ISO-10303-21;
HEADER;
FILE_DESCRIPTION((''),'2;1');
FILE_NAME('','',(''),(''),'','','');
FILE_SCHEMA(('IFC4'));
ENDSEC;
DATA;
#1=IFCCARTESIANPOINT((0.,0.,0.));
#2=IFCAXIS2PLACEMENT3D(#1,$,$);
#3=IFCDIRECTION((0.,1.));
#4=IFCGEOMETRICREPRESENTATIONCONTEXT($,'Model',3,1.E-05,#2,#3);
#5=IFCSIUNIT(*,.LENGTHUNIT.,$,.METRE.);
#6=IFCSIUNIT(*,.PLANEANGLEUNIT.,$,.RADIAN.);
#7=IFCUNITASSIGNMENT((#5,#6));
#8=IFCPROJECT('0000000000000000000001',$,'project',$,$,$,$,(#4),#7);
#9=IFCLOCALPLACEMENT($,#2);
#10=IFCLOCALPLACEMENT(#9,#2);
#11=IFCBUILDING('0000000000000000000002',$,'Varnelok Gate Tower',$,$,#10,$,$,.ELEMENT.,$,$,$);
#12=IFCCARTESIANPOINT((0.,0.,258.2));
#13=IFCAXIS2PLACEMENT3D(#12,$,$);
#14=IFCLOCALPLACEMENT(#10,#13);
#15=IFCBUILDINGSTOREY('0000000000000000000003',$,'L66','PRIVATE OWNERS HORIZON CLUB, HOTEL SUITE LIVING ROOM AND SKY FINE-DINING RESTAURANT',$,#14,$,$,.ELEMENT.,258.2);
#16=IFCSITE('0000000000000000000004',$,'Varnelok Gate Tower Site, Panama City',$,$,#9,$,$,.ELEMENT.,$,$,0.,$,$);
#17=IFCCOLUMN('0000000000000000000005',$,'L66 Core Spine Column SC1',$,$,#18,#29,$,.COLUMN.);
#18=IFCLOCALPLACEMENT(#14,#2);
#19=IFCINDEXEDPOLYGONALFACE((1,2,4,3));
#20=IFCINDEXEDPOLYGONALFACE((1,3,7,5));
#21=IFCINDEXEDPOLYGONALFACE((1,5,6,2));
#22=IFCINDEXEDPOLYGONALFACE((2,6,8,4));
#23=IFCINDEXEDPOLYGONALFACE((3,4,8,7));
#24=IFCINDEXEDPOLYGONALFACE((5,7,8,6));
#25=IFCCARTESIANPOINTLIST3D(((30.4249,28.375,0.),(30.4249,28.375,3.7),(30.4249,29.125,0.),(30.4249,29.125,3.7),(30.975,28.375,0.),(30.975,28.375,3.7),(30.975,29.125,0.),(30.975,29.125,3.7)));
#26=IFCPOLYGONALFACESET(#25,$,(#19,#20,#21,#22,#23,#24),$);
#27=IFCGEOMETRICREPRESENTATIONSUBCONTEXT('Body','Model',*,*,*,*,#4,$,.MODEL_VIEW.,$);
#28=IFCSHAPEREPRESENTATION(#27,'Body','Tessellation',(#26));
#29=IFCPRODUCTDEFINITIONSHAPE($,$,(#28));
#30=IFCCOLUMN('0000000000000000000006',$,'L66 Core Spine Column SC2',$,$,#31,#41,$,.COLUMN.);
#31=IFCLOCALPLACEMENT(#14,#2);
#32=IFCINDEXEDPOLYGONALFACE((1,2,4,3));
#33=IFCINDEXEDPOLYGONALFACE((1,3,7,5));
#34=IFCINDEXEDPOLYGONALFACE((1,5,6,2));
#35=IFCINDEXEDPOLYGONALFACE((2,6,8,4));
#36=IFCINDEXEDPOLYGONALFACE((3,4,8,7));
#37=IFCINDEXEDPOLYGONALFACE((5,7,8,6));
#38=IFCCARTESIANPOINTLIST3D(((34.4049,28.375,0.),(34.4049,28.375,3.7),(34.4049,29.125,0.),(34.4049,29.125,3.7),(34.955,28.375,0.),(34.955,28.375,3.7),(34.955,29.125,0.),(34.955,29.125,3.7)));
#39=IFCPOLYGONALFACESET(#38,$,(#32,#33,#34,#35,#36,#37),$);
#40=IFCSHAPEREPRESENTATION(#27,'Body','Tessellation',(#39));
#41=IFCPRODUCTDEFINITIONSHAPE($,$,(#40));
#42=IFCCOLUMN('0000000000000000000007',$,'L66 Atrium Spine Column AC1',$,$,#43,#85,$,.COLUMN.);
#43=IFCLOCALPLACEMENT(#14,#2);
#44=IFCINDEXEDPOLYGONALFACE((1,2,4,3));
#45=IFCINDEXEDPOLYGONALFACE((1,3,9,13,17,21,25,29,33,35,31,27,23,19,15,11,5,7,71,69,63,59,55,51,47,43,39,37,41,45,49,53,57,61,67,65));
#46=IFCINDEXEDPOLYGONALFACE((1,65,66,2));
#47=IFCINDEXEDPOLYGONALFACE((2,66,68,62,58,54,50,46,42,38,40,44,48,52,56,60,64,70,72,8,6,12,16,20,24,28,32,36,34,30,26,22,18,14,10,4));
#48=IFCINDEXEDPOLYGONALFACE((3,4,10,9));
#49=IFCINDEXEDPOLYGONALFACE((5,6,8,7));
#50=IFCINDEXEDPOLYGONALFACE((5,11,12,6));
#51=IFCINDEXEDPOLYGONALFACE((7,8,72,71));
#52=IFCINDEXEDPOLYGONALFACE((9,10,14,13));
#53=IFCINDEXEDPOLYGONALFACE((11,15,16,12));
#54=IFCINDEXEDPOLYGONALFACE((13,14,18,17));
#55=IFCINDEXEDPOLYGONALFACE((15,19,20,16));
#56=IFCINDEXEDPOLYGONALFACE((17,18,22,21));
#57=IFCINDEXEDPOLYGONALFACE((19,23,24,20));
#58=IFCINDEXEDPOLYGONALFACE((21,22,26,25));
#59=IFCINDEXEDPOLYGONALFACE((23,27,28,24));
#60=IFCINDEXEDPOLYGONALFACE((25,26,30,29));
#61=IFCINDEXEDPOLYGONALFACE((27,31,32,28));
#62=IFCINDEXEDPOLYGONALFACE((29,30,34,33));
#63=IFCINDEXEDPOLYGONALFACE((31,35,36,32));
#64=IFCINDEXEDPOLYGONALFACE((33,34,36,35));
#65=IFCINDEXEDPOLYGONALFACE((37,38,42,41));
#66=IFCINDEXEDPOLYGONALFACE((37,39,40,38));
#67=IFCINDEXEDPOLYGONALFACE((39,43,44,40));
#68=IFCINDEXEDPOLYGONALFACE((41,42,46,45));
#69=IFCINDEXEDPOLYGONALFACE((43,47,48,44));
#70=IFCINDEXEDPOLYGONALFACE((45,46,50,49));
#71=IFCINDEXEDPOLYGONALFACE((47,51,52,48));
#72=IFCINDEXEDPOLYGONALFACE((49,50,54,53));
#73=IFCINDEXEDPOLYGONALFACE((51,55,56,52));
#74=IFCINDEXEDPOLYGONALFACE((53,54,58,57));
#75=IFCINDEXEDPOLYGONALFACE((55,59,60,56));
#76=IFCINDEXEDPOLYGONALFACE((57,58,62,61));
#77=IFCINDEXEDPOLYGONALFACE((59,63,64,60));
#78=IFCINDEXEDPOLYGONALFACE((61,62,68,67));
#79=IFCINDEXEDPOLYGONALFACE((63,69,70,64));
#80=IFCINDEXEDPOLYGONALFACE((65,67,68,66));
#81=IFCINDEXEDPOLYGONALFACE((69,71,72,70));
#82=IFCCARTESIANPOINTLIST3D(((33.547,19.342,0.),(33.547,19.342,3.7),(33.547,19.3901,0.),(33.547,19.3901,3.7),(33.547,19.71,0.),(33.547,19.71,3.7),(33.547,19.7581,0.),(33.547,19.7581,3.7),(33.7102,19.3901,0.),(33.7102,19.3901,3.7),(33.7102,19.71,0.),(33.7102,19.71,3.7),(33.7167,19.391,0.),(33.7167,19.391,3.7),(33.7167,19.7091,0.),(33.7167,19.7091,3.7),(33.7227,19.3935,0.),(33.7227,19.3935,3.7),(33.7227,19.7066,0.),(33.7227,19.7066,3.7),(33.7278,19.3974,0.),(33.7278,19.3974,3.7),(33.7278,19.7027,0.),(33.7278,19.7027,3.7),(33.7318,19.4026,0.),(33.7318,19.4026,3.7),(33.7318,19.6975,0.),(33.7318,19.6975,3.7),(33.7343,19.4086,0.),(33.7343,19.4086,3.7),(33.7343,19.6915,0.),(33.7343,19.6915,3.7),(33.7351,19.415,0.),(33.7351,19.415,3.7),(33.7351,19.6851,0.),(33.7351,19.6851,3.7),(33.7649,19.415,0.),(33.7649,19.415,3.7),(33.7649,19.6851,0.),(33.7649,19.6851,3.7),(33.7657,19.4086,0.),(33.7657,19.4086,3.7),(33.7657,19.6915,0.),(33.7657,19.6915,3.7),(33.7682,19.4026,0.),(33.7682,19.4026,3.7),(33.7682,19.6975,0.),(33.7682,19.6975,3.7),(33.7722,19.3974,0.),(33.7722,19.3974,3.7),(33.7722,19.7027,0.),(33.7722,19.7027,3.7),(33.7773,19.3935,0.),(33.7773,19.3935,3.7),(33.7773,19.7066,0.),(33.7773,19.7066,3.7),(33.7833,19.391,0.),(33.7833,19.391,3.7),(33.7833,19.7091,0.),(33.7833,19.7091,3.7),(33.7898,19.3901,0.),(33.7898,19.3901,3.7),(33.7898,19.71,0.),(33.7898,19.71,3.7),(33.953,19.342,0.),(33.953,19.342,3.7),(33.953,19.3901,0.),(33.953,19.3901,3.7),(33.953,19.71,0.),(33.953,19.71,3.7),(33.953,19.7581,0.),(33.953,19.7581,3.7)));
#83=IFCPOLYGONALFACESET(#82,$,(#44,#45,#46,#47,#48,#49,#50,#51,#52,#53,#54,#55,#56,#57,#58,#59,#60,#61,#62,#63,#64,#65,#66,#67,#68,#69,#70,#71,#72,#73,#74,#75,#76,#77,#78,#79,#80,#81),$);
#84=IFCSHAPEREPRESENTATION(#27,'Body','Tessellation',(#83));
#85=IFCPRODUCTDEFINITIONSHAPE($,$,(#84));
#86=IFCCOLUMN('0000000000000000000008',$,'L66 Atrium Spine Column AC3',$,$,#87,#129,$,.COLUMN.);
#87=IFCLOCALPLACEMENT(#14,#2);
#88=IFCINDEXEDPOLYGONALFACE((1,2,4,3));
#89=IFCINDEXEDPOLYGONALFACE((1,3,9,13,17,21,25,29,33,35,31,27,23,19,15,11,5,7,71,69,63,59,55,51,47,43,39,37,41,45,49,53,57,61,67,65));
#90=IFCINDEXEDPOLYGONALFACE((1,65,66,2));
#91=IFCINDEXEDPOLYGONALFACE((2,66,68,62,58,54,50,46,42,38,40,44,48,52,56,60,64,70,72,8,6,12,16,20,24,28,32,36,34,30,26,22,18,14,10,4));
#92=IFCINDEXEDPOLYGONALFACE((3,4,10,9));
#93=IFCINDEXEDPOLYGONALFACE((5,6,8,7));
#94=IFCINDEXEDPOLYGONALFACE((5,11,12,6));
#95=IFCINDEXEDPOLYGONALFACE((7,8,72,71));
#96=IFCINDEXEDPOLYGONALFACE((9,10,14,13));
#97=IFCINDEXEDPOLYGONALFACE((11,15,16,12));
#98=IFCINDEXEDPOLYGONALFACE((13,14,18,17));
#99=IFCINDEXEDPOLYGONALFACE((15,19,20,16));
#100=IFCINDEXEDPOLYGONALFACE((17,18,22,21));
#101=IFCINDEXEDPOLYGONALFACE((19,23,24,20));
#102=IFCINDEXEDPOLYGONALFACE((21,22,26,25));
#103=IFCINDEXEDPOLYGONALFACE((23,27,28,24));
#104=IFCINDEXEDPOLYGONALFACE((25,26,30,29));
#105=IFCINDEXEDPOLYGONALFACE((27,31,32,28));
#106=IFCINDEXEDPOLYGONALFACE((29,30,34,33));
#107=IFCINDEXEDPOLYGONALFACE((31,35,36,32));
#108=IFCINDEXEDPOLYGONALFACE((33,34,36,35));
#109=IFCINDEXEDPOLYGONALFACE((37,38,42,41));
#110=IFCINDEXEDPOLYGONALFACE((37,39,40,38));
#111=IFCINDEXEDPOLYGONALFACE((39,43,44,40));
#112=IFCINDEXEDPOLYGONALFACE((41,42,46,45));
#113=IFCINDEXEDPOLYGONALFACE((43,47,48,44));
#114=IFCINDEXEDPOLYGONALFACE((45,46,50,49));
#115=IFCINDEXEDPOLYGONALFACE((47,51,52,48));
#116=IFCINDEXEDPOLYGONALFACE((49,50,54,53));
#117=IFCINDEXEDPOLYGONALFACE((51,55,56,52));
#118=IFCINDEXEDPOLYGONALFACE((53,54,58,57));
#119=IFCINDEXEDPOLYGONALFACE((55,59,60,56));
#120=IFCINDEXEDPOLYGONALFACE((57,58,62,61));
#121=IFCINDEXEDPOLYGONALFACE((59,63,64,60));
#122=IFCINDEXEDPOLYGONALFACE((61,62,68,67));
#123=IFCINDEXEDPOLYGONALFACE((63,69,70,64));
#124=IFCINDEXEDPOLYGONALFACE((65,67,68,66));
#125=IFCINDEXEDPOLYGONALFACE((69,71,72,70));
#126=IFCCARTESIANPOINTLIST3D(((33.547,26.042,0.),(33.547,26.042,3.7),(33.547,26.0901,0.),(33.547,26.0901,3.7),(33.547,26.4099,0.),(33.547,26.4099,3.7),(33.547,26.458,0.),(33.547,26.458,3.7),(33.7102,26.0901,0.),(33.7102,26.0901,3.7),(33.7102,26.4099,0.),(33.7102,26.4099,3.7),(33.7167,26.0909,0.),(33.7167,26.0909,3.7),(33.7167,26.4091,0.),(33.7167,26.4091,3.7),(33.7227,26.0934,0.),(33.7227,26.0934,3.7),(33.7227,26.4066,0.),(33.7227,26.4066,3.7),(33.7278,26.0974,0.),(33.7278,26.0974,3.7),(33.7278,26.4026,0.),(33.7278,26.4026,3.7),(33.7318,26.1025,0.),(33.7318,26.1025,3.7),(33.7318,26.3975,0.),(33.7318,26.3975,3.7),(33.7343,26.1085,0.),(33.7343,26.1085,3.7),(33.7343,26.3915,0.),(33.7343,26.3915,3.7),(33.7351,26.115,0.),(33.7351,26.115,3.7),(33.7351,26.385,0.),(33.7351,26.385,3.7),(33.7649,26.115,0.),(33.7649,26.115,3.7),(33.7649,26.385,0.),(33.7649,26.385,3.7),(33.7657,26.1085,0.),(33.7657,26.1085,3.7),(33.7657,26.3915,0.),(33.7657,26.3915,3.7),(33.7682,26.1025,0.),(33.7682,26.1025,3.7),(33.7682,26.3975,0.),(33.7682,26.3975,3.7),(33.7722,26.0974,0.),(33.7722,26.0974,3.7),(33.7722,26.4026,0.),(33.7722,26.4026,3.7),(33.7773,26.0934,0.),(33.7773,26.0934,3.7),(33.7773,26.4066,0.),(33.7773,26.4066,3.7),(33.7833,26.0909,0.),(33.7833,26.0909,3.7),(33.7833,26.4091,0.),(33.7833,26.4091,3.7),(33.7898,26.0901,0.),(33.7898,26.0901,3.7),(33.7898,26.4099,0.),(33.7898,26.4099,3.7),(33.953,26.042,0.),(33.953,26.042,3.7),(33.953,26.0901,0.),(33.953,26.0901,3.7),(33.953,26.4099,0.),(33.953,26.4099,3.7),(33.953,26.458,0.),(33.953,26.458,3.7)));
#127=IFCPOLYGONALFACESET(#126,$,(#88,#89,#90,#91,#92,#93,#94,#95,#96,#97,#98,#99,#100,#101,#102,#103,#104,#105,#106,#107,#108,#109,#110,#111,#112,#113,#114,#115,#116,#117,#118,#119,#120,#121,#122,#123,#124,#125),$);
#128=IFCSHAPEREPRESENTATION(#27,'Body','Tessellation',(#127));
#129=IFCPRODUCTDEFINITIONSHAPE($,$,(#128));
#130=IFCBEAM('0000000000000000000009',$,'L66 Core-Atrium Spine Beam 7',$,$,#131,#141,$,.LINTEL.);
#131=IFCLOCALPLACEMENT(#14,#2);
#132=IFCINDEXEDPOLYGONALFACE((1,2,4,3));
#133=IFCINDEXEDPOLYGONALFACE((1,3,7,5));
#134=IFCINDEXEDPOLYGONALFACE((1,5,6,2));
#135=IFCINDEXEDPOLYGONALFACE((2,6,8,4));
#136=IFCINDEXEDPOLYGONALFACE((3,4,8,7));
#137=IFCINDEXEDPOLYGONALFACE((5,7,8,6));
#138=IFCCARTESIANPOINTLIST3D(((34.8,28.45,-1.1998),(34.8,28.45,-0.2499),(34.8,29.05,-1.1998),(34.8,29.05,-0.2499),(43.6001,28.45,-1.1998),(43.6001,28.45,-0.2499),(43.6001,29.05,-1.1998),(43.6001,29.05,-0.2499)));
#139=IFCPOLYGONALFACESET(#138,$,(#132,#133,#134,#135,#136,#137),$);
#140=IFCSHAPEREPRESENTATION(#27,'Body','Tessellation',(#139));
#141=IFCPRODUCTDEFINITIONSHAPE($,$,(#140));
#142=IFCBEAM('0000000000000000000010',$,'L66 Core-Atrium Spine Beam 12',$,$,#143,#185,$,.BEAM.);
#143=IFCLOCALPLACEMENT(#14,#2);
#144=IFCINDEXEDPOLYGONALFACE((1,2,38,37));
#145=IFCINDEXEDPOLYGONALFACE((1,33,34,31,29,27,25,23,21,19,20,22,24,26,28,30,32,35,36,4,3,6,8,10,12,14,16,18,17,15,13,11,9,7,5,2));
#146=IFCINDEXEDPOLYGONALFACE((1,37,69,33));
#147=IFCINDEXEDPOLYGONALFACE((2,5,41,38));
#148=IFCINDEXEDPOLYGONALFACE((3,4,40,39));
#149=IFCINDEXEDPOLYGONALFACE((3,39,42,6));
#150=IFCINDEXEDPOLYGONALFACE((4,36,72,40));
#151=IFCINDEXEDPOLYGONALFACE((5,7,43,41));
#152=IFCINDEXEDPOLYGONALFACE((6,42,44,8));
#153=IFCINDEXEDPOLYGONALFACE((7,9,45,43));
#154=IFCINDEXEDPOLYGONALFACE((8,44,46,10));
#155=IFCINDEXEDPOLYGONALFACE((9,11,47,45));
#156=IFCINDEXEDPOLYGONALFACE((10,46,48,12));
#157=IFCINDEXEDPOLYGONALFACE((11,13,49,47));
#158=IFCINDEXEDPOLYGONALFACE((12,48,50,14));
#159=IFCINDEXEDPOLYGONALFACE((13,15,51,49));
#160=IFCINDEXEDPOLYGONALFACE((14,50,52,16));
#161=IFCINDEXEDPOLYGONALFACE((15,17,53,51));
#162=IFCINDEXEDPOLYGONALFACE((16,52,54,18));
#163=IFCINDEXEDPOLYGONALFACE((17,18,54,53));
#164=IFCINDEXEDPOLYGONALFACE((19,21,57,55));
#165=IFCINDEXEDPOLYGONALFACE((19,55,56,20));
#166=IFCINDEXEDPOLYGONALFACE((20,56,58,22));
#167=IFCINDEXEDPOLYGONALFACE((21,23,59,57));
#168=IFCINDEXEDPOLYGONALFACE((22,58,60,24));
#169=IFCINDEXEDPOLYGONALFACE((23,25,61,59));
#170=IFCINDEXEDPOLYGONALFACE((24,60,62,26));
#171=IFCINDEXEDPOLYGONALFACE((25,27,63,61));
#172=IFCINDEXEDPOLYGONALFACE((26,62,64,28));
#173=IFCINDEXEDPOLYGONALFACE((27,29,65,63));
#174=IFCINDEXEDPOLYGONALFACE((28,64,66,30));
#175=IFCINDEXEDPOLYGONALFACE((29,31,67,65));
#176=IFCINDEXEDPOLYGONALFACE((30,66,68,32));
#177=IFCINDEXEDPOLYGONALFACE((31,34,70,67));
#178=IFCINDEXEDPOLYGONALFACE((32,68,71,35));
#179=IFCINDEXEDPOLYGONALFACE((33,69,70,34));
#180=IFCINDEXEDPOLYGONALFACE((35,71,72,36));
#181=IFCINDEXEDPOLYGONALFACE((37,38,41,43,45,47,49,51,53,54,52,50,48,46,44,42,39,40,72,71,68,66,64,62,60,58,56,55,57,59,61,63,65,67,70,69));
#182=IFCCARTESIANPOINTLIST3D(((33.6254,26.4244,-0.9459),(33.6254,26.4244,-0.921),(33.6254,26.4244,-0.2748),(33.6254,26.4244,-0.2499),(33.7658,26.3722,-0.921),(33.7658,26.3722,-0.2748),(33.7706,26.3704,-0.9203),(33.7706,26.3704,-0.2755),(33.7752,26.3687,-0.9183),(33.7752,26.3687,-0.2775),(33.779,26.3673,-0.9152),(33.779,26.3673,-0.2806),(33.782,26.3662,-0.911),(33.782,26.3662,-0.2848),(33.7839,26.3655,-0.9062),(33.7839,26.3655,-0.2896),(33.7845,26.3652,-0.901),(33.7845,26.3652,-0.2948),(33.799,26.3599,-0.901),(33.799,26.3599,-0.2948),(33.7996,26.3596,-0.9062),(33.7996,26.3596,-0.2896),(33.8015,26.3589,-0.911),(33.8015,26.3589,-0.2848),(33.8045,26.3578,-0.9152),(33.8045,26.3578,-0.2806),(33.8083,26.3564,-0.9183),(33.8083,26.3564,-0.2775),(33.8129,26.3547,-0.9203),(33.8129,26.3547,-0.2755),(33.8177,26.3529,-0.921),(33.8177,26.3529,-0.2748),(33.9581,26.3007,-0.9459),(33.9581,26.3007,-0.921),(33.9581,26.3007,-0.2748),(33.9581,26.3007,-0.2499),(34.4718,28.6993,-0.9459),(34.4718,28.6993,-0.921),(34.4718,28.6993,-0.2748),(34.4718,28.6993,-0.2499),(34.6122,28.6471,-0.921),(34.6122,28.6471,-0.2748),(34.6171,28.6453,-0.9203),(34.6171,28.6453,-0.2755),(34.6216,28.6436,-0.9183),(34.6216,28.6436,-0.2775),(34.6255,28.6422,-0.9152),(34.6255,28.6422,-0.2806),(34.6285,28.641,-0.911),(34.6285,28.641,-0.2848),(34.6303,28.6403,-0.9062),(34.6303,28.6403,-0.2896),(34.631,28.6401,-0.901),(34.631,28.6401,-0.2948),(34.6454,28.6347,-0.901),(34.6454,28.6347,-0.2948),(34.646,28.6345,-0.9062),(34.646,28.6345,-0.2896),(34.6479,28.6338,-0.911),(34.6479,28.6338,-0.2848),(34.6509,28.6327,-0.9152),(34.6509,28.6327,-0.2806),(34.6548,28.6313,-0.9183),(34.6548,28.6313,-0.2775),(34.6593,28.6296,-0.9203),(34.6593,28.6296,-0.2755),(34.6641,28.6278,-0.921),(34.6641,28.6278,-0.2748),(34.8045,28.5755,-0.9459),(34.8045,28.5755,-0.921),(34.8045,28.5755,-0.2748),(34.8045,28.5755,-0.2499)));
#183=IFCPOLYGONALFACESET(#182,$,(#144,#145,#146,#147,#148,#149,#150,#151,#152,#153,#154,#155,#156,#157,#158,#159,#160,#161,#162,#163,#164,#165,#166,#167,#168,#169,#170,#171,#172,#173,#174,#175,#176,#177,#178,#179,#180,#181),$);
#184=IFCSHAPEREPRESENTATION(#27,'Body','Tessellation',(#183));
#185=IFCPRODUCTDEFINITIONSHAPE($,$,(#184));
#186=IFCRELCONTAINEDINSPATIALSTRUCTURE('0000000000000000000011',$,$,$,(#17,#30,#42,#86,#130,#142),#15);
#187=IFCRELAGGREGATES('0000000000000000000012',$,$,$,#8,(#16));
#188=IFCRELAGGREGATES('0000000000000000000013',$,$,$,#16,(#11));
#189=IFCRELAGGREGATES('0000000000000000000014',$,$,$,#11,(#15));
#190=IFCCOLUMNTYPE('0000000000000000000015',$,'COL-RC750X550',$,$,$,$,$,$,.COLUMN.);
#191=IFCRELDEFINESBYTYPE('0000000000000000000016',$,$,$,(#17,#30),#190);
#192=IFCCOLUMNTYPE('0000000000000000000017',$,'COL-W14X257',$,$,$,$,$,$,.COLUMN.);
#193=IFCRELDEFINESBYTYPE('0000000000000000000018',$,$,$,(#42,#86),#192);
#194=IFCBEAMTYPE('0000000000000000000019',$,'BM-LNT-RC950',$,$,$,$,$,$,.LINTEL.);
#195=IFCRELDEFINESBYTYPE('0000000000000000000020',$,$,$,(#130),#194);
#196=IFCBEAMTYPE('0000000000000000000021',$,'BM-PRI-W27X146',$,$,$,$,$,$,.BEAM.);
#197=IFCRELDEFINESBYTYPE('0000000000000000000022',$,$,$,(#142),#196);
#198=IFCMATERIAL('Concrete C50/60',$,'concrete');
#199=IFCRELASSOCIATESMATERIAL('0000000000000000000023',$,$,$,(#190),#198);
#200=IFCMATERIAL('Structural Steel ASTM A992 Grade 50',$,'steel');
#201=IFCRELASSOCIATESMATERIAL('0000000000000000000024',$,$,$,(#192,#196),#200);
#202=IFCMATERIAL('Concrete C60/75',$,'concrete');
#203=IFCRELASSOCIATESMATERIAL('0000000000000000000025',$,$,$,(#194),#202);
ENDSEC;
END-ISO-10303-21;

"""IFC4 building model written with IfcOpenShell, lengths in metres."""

from ifc_helpers import new_model, si_unit, direction, frame, origin, origin_2d, place, context, subcontext, project, spatial, rectangle, i_section, extrude, material, material_profile, profile_set, type_object, element, save


model = new_model("IFC4")

# Units and contexts
model_context = context("Model", 3, precision=1e-05, world=origin(), true_north=direction((0.0, 1.0)))
body_context = subcontext(model_context, "Body", "Model", "MODEL_VIEW")
ifc_project = project(units=[si_unit("LENGTHUNIT", "METRE"), si_unit("PLANEANGLEUNIT", "RADIAN")], contexts=[model_context])

# Site, building, storey
site_placement = place(None, origin())
site = spatial("IfcSite", under=ifc_project, at=site_placement, Name="Varnelok Gate Tower Site, Panama City", CompositionType="ELEMENT", RefElevation=0.0)
building_placement = place(site_placement, origin())
building = spatial("IfcBuilding", under=site, at=building_placement, Name="Varnelok Gate Tower", CompositionType="ELEMENT")
storey_placement = place(building_placement, frame((0.0, 0.0, 258.2)))
storey = spatial("IfcBuildingStorey", under=building, at=storey_placement, Name="L66", Description="PRIVATE OWNERS HORIZON CLUB, HOTEL SUITE LIVING ROOM AND SKY FINE-DINING RESTAURANT", CompositionType="ELEMENT", Elevation=258.2)

# Columns
ifc_material_1 = material(Name="Concrete C50/60", Category="concrete")
ifc_material_profile_1 = material_profile(ifc_material_1, rectangle(XDim=0.55, YDim=0.75, at=origin_2d()), Name="RC750X550")
ifc_profile_set_1 = profile_set([ifc_material_profile_1], Name="Concrete C50/60")
column_type_1 = type_object("IfcColumnType", Name="COL-RC750X550", PredefinedType="COLUMN", material=ifc_profile_set_1)
for number, where, z_axis, x_axis, name in (
    (1, (30.7, 28.75, 0.0), (0.0, 0.0, 1.0), (1.0, 0.0, 0.0), "L66 Core Spine Column SC1"),
    (2, (34.6799, 28.75, 0.0), (0.0, 0.0, 1.0), (1.0, 0.0, 0.0), "L66 Core Spine Column SC2"),
):
    element("IfcColumn", number, at=place(storey_placement, frame(where, z_axis=z_axis, x_axis=x_axis)), inside=storey, type_object=column_type_1, Name=name, PredefinedType="COLUMN", context=body_context, shape_type="SweptSolid", body=[
        extrude(rectangle(XDim=0.55, YDim=0.75, at=origin_2d()), origin(), (0.0, 0.0, 1.0), 3.7),
    ])
ifc_material_2 = material(Name="Structural Steel ASTM A992 Grade 50", Category="steel")
ifc_material_profile_2 = material_profile(ifc_material_2, i_section(OverallWidth=0.406, OverallDepth=0.416, WebThickness=0.0298, FlangeThickness=0.0481, FilletRadius=0.0249, at=origin_2d()), Name="W14X257")
ifc_profile_set_2 = profile_set([ifc_material_profile_2], Name="Structural Steel ASTM A992 Grade 50")
column_type_2 = type_object("IfcColumnType", Name="COL-W14X257", PredefinedType="COLUMN", material=ifc_profile_set_2)
for number, where, z_axis, x_axis, name in (
    (3, (33.75, 19.55, 0.0), (0.0, 0.0, 1.0), (1.0, 0.0, 0.0), "L66 Atrium Spine Column AC1"),
    (4, (33.75, 26.25, 0.0), (0.0, 0.0, 1.0), (1.0, 0.0, 0.0), "L66 Atrium Spine Column AC3"),
):
    element("IfcColumn", number, at=place(storey_placement, frame(where, z_axis=z_axis, x_axis=x_axis)), inside=storey, type_object=column_type_2, Name=name, PredefinedType="COLUMN", context=body_context, shape_type="SweptSolid", body=[
        extrude(i_section(OverallWidth=0.406, OverallDepth=0.416, WebThickness=0.0298, FlangeThickness=0.0481, FilletRadius=0.0249, at=origin_2d()), origin(), (0.0, 0.0, 1.0), 3.7),
    ])

# Beams
ifc_material_3 = material(Name="Concrete C60/75", Category="concrete")
ifc_material_profile_3 = material_profile(ifc_material_3, rectangle(XDim=0.6001, YDim=0.95, at=origin_2d()), Name="RC950X600")
ifc_profile_set_3 = profile_set([ifc_material_profile_3], Name="Concrete C60/75")
beam_type_1 = type_object("IfcBeamType", Name="BM-LNT-RC950", PredefinedType="LINTEL", material=ifc_profile_set_3)
beam_1_placement = place(storey_placement, frame((34.8, 28.75, -0.7249), z_axis=(1.0, 0.0, 0.0), x_axis=(0.0, 1.0, 0.0)))
element("IfcBeam", 5, at=beam_1_placement, inside=storey, type_object=beam_type_1, Name="L66 Core-Atrium Spine Beam 7", PredefinedType="LINTEL", context=body_context, shape_type="SweptSolid", body=[
    extrude(rectangle(XDim=0.6001, YDim=0.95, at=origin_2d()), origin(), (0.0, 0.0, 1.0), 8.8),
])
ifc_material_profile_4 = material_profile(ifc_material_2, i_section(OverallWidth=0.355, OverallDepth=0.696, WebThickness=0.0154, FlangeThickness=0.0249, FilletRadius=0.02, at=origin_2d()), Name="W27X146")
ifc_profile_set_4 = profile_set([ifc_material_profile_4], Name="Structural Steel ASTM A992 Grade 50")
beam_type_2 = type_object("IfcBeamType", Name="BM-PRI-W27X146", PredefinedType="BEAM", material=ifc_profile_set_4)
beam_2_placement = place(storey_placement, frame((33.7917, 26.3625, -0.5979), z_axis=(0.348719, 0.937227, 0.0), x_axis=(-0.937227, 0.348719, 0.0)))
element("IfcBeam", 6, at=beam_2_placement, inside=storey, type_object=beam_type_2, Name="L66 Core-Atrium Spine Beam 12", PredefinedType="BEAM", context=body_context, shape_type="SweptSolid", body=[
    extrude(i_section(OverallWidth=0.355, OverallDepth=0.696, WebThickness=0.0154, FlangeThickness=0.0249, FilletRadius=0.02, at=origin_2d()), origin(), (0.0, 0.0, 1.0), 2.4272),
])

save(model, "model.ifc")
